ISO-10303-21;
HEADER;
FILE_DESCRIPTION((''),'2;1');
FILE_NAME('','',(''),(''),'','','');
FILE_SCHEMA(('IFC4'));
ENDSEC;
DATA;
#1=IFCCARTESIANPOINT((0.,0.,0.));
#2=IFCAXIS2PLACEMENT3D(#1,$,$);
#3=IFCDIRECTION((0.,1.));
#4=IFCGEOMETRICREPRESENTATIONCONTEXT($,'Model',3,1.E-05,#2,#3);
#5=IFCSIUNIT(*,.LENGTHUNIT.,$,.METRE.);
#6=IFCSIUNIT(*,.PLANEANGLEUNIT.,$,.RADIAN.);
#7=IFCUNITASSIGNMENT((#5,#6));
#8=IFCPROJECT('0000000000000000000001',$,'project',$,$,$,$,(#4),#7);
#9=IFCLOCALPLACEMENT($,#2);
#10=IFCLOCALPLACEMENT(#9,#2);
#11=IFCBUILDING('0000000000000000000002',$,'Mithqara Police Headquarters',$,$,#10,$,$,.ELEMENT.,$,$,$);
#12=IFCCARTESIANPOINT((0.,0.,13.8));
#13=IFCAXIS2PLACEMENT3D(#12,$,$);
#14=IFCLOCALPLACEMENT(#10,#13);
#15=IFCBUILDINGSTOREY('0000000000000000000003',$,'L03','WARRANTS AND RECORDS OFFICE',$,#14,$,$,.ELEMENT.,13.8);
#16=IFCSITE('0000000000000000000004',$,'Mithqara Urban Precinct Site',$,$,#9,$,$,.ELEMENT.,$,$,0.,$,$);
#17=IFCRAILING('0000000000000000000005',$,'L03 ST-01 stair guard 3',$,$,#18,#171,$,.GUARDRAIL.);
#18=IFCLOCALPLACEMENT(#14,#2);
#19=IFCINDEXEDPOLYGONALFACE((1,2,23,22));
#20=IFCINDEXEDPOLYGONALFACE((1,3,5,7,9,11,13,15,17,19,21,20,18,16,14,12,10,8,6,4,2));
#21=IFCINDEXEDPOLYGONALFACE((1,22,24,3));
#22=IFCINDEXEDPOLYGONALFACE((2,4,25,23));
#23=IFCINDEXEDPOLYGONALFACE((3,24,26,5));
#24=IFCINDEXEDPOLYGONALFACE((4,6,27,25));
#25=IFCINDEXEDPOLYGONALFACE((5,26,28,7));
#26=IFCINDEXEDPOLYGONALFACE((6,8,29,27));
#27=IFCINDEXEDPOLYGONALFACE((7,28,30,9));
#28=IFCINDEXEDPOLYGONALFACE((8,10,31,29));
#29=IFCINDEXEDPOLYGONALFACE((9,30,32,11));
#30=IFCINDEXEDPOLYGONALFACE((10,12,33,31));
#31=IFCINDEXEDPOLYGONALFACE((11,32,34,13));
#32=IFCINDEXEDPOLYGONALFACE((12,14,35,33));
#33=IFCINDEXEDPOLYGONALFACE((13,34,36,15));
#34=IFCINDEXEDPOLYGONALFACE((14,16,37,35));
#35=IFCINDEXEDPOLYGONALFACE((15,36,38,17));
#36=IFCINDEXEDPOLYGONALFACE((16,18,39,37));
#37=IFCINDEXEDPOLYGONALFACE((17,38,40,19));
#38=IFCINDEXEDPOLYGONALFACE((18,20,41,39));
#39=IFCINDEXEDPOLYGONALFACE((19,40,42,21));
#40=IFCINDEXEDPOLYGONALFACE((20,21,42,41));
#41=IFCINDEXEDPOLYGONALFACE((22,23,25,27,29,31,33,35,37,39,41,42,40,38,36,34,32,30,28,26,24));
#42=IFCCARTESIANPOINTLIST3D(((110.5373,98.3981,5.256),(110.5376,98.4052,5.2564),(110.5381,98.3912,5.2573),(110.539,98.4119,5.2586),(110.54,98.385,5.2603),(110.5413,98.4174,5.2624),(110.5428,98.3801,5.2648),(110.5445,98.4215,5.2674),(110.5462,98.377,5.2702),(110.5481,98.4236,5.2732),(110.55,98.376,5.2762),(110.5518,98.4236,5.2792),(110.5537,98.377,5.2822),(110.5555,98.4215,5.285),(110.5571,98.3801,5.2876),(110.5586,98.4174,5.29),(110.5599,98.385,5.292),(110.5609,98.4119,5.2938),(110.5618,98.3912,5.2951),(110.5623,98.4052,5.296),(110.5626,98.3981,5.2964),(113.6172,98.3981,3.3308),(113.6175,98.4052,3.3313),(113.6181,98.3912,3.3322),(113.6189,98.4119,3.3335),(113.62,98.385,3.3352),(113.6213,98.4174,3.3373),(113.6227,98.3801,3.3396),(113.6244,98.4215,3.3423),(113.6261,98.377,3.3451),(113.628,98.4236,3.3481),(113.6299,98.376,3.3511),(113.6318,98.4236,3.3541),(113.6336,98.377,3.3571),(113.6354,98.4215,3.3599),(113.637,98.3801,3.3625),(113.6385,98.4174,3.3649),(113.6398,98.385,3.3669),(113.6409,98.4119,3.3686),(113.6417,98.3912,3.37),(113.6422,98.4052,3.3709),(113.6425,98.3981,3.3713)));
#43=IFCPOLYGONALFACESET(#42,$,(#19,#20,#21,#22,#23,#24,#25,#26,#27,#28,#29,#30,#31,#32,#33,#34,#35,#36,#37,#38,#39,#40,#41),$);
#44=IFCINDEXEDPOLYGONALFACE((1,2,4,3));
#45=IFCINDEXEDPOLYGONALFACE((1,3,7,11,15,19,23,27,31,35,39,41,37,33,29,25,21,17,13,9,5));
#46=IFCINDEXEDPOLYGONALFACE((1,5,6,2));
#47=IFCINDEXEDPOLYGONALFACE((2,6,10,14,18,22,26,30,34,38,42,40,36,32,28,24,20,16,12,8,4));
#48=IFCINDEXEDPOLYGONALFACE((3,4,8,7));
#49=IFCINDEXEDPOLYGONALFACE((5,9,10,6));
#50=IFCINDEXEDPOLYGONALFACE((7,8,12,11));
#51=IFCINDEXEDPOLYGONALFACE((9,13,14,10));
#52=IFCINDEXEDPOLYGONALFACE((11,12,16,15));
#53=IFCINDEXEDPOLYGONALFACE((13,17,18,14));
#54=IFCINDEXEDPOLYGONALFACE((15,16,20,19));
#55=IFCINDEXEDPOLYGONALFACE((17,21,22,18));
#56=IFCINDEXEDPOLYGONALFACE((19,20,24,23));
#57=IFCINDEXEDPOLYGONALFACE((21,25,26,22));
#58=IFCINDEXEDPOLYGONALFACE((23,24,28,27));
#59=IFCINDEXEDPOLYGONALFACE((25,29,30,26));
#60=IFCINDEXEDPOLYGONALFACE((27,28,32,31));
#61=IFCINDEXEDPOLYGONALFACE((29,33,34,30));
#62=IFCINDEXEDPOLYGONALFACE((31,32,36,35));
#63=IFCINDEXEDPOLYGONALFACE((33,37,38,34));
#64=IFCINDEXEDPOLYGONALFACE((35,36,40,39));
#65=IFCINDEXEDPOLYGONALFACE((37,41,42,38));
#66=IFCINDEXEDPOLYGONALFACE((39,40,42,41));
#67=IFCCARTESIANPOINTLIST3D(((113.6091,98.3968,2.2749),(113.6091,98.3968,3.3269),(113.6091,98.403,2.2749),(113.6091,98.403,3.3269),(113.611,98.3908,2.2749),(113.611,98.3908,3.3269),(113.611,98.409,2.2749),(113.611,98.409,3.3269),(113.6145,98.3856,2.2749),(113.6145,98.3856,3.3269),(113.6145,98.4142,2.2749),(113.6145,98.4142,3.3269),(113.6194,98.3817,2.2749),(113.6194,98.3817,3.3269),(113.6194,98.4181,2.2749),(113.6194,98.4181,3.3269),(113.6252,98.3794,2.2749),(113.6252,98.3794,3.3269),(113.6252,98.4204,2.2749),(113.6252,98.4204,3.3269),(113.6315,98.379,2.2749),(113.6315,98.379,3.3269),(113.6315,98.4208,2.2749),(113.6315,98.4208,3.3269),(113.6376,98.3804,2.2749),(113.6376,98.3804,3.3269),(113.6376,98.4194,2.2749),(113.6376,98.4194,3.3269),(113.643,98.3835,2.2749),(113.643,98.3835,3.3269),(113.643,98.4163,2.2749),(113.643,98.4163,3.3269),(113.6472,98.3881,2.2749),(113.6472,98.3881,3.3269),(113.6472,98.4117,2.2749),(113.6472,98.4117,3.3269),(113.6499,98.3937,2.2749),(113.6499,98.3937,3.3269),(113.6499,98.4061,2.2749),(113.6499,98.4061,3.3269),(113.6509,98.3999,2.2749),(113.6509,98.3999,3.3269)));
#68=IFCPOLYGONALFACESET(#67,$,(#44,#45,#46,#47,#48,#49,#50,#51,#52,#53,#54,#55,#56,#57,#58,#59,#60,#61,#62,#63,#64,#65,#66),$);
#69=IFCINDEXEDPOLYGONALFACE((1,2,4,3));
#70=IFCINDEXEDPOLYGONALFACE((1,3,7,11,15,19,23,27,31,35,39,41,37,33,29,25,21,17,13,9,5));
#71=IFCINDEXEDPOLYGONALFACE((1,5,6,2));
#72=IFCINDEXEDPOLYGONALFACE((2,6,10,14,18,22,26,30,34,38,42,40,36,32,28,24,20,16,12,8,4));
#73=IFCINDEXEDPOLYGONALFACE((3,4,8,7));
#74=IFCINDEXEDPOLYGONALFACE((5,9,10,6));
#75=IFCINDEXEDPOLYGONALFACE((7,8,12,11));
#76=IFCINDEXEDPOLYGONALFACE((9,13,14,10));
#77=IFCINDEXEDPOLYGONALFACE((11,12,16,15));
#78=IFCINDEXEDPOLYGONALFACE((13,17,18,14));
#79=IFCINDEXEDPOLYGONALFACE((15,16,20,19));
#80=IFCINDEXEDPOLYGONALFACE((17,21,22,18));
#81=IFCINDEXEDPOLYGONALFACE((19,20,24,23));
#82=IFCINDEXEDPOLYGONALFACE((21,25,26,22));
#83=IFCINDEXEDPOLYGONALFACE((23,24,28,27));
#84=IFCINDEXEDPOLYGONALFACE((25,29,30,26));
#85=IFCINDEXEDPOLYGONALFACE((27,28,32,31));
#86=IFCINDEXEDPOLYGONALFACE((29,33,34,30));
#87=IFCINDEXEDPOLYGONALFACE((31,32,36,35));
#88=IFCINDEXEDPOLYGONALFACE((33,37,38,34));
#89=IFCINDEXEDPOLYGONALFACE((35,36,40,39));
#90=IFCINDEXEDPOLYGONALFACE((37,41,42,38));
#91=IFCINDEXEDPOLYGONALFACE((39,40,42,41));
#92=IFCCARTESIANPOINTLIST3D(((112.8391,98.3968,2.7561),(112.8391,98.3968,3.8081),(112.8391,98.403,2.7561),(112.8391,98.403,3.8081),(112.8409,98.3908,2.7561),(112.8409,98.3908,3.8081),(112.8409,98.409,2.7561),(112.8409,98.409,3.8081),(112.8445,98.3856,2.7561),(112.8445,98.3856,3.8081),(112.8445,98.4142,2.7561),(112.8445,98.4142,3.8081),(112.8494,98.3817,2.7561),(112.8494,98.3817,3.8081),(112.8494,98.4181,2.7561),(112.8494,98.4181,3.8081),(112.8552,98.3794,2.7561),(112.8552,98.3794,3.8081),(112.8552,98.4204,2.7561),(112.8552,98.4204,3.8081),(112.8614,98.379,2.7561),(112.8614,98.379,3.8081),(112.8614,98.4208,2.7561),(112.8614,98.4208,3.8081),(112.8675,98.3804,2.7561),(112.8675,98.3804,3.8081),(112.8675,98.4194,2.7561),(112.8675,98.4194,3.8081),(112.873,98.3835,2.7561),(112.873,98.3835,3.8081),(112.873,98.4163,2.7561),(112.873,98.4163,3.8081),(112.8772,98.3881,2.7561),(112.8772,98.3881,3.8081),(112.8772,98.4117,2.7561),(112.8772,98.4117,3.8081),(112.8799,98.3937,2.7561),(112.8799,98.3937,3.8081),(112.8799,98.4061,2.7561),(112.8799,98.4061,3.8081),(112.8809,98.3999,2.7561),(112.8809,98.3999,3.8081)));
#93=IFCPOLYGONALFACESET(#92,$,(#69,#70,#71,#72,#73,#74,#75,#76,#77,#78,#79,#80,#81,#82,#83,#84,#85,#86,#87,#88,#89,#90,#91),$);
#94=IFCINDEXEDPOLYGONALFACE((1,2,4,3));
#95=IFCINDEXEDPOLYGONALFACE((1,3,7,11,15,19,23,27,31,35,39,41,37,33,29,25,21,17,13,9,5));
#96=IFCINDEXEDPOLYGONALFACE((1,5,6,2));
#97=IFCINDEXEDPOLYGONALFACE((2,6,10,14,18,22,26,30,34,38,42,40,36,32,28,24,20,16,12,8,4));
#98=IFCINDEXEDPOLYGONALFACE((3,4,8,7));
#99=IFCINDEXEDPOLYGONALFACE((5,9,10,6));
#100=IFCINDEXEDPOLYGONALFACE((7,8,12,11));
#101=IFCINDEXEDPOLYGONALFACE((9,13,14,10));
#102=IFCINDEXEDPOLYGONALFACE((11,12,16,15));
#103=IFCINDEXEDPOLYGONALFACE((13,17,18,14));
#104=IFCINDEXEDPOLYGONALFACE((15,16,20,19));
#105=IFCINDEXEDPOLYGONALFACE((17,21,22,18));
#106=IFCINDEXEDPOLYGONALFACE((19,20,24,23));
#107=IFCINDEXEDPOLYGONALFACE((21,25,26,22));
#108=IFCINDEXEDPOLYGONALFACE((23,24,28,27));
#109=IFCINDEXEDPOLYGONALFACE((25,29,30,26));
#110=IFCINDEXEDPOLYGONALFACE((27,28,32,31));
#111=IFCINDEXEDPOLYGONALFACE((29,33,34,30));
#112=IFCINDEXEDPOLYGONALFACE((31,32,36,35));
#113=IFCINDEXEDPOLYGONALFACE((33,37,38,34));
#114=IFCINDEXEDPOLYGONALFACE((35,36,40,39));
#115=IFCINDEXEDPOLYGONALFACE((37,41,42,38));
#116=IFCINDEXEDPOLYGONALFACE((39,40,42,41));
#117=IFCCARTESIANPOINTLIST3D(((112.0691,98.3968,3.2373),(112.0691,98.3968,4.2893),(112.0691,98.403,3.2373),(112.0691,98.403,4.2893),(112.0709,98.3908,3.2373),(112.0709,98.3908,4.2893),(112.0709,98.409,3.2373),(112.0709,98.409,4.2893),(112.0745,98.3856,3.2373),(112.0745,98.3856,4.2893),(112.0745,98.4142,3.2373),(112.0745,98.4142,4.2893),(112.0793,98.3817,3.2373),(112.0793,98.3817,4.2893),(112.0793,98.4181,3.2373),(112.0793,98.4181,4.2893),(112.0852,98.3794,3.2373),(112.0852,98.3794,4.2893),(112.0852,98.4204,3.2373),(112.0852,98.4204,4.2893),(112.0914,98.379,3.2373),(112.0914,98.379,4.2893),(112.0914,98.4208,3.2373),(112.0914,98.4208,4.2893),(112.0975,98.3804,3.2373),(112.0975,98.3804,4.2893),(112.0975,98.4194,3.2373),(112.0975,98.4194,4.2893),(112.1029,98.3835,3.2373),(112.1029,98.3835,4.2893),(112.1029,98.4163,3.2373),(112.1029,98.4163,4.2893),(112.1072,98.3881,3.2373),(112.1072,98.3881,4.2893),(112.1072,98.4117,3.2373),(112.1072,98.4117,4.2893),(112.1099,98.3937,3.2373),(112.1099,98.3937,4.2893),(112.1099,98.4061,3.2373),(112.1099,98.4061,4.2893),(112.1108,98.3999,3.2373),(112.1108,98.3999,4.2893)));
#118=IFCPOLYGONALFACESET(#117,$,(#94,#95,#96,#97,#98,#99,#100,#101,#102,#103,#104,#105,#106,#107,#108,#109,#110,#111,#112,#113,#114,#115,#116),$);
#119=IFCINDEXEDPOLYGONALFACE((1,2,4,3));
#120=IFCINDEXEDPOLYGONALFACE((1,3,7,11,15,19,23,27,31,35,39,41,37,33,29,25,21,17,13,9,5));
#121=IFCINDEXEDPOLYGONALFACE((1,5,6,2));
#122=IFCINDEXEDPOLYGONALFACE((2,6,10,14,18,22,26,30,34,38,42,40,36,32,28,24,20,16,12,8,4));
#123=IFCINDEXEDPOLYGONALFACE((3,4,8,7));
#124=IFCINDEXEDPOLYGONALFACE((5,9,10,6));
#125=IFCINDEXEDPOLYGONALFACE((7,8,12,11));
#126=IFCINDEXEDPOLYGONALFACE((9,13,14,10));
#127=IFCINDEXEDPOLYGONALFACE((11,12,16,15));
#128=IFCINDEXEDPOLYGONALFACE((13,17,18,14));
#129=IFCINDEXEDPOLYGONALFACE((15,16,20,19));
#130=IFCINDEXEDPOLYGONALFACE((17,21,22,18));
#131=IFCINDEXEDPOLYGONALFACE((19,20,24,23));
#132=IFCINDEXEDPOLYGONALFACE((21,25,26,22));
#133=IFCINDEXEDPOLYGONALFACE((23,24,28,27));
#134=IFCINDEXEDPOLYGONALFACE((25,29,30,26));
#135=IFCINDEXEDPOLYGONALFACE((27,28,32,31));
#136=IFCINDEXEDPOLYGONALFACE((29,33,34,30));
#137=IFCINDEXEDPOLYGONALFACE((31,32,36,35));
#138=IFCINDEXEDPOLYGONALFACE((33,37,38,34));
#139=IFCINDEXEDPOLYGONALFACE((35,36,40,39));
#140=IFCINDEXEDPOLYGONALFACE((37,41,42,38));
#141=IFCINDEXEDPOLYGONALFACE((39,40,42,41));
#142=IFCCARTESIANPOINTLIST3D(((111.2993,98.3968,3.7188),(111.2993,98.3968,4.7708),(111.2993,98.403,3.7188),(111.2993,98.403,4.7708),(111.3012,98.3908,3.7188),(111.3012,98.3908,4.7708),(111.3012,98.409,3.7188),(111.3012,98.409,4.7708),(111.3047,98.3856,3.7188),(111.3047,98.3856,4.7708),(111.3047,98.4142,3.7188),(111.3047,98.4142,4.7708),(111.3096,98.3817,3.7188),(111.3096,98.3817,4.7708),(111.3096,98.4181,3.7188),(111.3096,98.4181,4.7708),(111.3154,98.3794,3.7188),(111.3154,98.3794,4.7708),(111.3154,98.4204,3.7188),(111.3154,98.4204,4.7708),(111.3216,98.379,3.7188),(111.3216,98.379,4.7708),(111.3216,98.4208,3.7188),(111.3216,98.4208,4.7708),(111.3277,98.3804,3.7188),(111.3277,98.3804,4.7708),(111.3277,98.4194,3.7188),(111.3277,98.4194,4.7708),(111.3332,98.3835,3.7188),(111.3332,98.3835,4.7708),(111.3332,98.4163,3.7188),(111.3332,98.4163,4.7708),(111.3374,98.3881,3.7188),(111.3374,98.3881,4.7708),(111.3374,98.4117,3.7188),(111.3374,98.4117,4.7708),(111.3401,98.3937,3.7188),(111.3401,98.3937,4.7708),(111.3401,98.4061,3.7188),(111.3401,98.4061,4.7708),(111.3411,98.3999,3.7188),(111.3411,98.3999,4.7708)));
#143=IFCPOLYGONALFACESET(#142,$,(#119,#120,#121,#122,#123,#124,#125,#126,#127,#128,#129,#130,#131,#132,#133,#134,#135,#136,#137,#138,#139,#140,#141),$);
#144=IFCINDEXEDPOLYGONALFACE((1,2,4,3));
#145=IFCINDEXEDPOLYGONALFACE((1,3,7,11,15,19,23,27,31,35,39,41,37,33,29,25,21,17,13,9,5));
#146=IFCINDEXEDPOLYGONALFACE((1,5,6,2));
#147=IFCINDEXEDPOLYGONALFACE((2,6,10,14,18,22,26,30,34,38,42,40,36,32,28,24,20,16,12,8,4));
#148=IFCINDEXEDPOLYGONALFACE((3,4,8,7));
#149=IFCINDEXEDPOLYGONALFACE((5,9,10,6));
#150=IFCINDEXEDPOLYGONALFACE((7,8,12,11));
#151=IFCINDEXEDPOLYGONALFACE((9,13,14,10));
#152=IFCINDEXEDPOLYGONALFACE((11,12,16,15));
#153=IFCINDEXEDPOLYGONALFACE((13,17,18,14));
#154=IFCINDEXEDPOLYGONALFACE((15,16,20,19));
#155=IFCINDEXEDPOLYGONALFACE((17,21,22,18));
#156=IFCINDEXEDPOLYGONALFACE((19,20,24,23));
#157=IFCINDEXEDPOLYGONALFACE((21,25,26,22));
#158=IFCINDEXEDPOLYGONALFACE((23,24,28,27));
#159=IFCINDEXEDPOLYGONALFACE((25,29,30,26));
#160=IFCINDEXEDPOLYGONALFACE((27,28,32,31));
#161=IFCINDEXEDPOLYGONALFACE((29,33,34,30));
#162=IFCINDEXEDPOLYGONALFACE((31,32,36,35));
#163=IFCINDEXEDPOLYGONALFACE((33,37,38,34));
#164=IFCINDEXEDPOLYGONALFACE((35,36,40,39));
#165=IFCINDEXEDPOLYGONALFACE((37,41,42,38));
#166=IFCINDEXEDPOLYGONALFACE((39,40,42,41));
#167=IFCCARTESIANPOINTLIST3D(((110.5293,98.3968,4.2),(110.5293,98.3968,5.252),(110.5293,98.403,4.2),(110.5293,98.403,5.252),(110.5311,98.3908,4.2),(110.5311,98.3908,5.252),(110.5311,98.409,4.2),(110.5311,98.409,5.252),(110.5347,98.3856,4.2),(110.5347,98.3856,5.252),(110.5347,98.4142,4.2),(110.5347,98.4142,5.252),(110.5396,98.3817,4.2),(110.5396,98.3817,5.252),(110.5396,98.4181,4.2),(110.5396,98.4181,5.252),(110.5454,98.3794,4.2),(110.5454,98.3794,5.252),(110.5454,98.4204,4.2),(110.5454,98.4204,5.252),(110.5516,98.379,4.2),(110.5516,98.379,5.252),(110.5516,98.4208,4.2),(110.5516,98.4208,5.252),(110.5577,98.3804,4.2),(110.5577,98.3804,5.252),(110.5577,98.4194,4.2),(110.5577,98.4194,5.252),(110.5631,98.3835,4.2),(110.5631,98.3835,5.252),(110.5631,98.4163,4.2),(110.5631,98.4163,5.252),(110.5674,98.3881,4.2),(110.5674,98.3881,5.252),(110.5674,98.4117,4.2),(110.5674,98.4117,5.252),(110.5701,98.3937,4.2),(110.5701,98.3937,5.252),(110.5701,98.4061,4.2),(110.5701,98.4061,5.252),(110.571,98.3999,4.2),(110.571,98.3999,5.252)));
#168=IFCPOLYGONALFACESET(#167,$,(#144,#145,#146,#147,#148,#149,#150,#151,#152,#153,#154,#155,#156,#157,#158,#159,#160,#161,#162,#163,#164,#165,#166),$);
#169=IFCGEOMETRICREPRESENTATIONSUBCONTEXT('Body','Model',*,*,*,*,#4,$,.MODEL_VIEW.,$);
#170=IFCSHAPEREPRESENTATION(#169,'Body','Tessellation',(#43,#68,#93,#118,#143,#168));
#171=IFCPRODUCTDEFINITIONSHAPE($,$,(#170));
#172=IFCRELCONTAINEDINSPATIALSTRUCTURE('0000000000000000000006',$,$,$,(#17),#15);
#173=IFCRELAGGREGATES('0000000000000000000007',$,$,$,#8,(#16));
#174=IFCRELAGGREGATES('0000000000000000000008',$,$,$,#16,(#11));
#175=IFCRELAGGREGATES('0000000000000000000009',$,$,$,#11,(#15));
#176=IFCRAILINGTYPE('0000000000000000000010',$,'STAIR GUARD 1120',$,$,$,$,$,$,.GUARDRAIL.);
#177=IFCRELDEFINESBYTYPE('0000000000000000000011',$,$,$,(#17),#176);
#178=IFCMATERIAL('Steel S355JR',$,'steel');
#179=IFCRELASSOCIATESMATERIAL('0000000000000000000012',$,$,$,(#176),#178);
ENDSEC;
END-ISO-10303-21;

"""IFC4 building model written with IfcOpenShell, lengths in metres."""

from ifc_helpers import new_model, si_unit, direction, frame, origin, origin_2d, place, context, subcontext, project, spatial, circle, extrude, material, type_object, element, save


model = new_model("IFC4")

# Units and contexts
model_context = context("Model", 3, precision=1e-05, world=origin(), true_north=direction((0.0, 1.0)))
body_context = subcontext(model_context, "Body", "Model", "MODEL_VIEW")
ifc_project = project(units=[si_unit("LENGTHUNIT", "METRE"), si_unit("PLANEANGLEUNIT", "RADIAN")], contexts=[model_context])

# Site, building, storey
site_placement = place(None, origin())
site = spatial("IfcSite", under=ifc_project, at=site_placement, Name="Mithqara Urban Precinct Site", CompositionType="ELEMENT", RefElevation=0.0)
building_placement = place(site_placement, origin())
building = spatial("IfcBuilding", under=site, at=building_placement, Name="Mithqara Police Headquarters", CompositionType="ELEMENT")
storey_placement = place(building_placement, frame((0.0, 0.0, 13.8)))
storey = spatial("IfcBuildingStorey", under=building, at=storey_placement, Name="L03", Description="WARRANTS AND RECORDS OFFICE", CompositionType="ELEMENT", Elevation=13.8)

# Shared definitions
ifc_material_1 = material(Name="Steel S355JR", Category="steel")

# Railing
railing_type_1 = type_object("IfcRailingType", Name="STAIR GUARD 1120", PredefinedType="GUARDRAIL", material=ifc_material_1)
railing_1_placement = place(storey_placement, frame((113.6299, 98.3999, 2.2749)))
element("IfcRailing", 1, at=railing_1_placement, inside=storey, type_object=railing_type_1, Name="L03 ST-01 stair guard 3", PredefinedType="GUARDRAIL", context=body_context, shape_type="SweptSolid", body=[
    extrude(circle(Radius=0.0239, at=origin_2d()), frame((0.0, 0.0, 1.0762), z_axis=(-0.847979, 0.0, 0.530029), x_axis=(0.0, -1.0, 0.0)), (0.0, 0.0, 1.0), 3.6321),
    extrude(circle(Radius=0.021, at=origin_2d()), origin(), (0.0, 0.0, 1.0), 1.052),
    extrude(circle(Radius=0.021, at=origin_2d()), frame((-0.77, 0.0, 0.4812)), (0.0, 0.0, 1.0), 1.052),
    extrude(circle(Radius=0.021, at=origin_2d()), frame((-1.54, 0.0, 0.9624)), (0.0, 0.0, 1.0), 1.052),
    extrude(circle(Radius=0.021, at=origin_2d()), frame((-2.3098, 0.0, 1.4438)), (0.0, 0.0, 1.0), 1.052),
    extrude(circle(Radius=0.021, at=origin_2d()), frame((-3.0798, 0.0, 1.925)), (0.0, 0.0, 1.0), 1.052),
])

save(model, "model.ifc")
